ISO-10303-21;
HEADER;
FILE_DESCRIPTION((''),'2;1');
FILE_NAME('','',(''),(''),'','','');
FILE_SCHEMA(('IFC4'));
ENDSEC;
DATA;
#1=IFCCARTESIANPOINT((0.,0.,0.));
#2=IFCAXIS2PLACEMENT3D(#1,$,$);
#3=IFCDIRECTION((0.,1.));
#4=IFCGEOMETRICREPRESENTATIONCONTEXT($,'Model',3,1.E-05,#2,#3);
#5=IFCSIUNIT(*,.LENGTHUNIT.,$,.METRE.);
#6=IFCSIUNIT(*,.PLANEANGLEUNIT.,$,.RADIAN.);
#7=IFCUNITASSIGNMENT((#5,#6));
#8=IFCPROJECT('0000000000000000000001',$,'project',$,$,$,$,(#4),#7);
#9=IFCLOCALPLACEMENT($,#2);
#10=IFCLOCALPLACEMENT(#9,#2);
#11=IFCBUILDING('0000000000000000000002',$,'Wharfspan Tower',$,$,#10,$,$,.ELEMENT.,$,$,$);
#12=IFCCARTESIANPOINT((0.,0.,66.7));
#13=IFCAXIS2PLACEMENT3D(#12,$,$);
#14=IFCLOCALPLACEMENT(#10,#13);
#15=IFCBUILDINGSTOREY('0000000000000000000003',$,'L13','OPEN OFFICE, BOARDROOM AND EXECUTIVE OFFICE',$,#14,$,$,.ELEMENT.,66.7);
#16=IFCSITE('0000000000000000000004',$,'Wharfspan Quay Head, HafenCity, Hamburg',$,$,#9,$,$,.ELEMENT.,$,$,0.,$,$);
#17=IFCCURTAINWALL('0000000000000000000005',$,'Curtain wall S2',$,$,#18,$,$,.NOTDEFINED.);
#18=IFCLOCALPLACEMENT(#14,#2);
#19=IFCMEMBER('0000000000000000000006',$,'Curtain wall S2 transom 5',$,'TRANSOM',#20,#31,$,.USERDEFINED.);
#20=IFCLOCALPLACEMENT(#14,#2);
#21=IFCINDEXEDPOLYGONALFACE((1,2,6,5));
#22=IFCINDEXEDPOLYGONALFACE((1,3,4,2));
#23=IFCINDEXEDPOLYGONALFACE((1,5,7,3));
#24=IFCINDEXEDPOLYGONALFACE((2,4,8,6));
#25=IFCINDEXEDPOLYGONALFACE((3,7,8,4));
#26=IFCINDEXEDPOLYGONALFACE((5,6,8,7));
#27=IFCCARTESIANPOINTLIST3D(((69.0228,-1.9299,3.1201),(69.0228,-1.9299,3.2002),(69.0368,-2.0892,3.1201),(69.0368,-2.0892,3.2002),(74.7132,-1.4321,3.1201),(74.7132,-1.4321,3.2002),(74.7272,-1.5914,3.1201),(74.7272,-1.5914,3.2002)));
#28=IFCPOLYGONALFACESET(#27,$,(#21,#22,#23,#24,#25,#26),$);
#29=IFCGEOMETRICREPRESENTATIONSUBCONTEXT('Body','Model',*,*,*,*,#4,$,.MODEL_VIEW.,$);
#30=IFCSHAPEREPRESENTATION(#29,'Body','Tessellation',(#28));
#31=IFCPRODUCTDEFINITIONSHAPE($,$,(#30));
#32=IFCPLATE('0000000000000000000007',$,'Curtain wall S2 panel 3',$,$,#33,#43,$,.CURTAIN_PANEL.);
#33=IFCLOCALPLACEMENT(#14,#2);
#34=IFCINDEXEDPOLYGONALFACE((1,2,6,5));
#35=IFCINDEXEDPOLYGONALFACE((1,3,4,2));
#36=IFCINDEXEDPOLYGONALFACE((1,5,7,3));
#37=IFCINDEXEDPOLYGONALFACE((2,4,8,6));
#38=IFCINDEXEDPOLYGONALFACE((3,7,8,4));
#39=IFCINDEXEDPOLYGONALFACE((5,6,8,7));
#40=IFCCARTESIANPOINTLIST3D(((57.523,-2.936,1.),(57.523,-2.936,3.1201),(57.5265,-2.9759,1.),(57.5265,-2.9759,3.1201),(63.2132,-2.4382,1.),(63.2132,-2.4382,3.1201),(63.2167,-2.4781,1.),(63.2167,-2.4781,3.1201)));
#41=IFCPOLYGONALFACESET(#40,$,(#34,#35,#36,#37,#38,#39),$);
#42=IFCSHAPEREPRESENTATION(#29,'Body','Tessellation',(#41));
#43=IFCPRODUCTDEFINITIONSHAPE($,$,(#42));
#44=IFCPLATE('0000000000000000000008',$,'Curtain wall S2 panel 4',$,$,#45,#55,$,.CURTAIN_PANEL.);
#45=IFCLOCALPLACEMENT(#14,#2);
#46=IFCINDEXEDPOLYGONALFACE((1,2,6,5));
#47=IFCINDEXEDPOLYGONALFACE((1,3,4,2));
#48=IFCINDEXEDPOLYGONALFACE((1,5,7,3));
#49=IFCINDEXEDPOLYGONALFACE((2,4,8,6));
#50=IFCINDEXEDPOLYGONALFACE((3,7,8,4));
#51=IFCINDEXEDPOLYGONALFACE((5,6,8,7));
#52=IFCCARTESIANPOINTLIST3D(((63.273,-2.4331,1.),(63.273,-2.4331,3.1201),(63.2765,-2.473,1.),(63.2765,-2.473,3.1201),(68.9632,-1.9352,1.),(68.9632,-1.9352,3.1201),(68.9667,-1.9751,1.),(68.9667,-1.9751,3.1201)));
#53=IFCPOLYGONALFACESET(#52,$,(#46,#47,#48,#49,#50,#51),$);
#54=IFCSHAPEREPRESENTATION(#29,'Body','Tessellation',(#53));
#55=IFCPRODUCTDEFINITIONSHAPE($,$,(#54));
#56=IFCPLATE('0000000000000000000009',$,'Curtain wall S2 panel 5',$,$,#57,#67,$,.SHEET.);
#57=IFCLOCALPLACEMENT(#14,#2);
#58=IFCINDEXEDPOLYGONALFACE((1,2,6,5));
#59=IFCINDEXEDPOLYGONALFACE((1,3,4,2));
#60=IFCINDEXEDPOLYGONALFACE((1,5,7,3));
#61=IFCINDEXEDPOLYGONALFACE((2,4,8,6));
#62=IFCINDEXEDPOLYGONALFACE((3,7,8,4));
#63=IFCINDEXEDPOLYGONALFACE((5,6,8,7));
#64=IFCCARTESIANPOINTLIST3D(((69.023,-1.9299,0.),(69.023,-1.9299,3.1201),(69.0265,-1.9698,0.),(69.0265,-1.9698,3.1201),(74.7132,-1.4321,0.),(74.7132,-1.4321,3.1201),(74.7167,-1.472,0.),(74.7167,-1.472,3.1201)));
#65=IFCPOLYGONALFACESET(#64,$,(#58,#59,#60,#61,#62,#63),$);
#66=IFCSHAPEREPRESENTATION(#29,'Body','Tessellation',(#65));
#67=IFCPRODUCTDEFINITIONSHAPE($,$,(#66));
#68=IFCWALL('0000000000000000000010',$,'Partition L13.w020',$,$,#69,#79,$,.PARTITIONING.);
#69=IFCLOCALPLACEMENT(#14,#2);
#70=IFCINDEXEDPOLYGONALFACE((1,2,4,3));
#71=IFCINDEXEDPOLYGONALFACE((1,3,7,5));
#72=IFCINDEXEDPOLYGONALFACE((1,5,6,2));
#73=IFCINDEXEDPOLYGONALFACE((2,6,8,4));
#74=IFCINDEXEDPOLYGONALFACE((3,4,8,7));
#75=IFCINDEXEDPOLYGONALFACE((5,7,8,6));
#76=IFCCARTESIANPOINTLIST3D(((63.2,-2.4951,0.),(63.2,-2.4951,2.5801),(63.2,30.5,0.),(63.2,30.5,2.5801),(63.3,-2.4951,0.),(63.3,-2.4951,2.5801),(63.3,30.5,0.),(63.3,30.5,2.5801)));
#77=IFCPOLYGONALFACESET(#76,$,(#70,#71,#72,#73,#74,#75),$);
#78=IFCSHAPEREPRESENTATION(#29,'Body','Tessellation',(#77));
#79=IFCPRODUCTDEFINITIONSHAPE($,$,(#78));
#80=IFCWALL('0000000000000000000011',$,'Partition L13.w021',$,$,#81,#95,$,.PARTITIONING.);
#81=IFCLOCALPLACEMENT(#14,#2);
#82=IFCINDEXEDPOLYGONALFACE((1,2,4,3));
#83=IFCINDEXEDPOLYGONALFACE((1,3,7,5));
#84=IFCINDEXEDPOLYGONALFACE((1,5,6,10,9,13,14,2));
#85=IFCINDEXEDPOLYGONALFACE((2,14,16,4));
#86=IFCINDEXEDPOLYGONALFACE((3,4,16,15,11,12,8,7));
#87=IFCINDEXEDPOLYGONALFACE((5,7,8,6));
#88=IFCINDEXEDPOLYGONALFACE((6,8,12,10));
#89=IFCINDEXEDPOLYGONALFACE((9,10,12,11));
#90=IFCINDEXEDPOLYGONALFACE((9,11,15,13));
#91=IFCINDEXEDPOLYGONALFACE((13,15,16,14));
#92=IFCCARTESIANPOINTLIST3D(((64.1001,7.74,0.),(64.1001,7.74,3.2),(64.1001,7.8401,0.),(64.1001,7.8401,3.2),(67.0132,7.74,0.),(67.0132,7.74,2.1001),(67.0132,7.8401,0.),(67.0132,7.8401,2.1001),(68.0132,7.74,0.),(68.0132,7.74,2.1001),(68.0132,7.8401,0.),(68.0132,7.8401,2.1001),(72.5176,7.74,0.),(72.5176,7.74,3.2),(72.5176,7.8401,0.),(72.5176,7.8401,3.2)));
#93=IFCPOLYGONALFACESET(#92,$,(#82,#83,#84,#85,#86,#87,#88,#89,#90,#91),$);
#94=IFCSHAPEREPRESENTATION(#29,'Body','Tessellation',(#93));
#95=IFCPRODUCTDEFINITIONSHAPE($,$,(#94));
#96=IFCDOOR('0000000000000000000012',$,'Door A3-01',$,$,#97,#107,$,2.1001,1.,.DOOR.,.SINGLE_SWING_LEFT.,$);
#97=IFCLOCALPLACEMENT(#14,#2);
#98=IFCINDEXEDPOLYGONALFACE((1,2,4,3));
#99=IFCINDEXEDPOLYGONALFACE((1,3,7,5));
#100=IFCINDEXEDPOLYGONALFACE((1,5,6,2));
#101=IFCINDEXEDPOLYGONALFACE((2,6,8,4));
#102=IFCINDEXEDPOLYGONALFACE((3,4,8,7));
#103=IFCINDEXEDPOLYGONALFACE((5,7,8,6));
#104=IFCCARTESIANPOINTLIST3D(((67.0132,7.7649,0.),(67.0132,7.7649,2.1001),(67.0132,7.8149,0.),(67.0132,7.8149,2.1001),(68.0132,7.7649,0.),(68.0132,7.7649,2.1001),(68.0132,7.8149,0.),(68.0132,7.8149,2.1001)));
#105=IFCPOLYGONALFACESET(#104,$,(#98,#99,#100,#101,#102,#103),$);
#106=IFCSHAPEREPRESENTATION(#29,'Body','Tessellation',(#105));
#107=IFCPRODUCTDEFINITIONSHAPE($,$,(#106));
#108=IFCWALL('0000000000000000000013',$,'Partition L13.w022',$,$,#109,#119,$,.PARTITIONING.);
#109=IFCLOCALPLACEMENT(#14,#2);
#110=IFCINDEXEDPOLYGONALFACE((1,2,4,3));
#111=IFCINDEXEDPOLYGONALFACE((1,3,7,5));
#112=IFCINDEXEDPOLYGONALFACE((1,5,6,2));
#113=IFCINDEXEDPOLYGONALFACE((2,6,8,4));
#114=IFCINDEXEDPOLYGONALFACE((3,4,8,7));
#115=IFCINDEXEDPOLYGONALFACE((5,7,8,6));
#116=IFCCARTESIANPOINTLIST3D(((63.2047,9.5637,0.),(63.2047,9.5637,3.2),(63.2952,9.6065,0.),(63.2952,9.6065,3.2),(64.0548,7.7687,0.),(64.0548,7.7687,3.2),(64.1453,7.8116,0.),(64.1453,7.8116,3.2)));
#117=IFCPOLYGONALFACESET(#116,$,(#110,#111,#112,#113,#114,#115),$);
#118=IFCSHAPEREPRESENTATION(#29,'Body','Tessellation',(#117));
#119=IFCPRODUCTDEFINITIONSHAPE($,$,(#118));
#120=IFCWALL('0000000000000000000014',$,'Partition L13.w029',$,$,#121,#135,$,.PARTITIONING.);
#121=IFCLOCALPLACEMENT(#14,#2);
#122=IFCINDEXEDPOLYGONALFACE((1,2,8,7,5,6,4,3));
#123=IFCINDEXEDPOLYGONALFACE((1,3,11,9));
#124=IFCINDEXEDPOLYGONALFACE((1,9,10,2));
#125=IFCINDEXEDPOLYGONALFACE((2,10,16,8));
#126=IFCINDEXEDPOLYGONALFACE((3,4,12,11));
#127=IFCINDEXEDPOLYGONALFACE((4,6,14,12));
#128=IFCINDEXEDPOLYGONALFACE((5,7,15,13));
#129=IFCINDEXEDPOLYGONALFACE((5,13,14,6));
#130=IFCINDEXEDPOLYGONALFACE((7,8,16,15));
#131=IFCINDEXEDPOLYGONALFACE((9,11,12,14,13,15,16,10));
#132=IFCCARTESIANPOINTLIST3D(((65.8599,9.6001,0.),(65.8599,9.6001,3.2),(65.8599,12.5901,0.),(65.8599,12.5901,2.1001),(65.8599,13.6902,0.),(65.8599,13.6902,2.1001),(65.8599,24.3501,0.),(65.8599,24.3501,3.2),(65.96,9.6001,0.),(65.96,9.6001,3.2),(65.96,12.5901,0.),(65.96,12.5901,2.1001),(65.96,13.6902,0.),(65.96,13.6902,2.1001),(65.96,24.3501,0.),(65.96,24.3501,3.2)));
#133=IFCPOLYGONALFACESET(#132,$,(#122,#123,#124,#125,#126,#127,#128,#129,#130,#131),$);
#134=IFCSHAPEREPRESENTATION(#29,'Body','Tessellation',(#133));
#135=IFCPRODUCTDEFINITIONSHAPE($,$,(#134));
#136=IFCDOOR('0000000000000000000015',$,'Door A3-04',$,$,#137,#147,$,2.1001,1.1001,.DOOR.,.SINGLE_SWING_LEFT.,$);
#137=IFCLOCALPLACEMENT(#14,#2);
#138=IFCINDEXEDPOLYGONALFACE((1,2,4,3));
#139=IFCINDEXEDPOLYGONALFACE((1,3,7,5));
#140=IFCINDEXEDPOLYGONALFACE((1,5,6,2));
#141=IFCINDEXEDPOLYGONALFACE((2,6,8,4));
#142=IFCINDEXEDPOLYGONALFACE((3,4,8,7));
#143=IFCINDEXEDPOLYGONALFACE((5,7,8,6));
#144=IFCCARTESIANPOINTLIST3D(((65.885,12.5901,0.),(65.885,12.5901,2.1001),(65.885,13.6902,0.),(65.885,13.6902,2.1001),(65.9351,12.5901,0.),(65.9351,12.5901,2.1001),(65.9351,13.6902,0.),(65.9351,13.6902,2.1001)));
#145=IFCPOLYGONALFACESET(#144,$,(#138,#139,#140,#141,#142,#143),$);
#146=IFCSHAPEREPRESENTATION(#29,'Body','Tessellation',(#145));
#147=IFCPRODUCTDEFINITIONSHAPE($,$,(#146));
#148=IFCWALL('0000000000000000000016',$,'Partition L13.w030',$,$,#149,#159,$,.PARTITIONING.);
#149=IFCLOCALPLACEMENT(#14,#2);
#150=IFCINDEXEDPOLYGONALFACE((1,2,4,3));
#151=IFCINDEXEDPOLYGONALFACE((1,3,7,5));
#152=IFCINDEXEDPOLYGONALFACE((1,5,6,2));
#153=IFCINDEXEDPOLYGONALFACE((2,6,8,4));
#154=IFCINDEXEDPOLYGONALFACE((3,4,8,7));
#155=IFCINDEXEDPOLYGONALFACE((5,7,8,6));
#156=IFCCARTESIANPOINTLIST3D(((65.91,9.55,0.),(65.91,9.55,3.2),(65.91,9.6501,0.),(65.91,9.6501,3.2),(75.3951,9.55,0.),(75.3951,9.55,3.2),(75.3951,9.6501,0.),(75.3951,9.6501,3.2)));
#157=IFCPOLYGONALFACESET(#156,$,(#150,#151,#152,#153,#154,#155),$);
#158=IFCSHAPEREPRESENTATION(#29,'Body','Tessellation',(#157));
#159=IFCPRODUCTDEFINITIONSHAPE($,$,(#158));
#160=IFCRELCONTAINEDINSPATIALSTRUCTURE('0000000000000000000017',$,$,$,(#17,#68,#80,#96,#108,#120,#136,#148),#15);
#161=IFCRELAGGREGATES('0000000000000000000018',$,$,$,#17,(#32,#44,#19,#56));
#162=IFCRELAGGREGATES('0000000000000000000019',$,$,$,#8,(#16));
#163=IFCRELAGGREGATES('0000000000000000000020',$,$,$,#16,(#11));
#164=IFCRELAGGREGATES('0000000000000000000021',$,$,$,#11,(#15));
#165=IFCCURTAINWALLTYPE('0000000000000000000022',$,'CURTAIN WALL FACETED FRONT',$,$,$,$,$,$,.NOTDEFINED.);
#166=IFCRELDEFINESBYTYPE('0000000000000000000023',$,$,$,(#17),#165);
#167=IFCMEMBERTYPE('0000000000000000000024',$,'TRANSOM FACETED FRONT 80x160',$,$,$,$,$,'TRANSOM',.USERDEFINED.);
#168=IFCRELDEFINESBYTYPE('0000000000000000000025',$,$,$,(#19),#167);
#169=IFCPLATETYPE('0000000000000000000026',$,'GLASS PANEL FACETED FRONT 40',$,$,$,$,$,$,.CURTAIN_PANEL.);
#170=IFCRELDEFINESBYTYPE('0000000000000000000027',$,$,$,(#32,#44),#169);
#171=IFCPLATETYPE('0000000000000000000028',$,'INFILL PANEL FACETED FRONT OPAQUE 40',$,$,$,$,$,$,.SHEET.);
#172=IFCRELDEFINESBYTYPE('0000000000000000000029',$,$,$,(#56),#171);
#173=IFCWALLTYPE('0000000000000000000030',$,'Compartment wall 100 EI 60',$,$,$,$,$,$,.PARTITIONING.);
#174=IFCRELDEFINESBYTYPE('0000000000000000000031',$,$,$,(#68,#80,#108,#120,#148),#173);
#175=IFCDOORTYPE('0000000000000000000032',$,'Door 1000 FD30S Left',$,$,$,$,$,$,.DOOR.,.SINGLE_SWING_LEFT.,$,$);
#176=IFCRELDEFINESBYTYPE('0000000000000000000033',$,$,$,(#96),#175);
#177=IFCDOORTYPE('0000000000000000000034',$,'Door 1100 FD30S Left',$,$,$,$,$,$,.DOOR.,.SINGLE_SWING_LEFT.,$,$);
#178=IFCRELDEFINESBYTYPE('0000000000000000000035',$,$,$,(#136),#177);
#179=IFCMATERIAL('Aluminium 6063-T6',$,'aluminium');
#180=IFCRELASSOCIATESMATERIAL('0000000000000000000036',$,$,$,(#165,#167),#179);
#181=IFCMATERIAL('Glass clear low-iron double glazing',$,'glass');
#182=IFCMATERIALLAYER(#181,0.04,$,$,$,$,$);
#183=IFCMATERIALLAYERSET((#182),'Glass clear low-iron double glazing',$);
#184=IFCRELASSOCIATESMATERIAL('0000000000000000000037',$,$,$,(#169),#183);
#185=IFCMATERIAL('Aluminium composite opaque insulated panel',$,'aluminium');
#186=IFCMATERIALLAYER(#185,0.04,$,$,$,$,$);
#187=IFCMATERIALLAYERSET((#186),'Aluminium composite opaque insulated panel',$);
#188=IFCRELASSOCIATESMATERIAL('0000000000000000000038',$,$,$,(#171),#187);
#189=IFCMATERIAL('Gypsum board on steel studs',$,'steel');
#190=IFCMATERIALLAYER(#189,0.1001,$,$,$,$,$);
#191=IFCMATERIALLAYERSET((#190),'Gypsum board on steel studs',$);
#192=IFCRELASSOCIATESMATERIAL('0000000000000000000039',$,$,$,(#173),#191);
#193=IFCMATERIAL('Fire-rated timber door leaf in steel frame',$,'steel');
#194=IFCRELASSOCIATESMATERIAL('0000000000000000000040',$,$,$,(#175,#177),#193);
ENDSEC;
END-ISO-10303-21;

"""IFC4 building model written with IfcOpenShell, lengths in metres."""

from ifc_helpers import new_model, si_unit, direction, frame, frame_2d, origin, origin_2d, place, context, subcontext, project, spatial, rectangle, extrude, material, layer, layer_set, material_profile, profile_set, type_object, element, fill, aggregate, save


model = new_model("IFC4")

# Units and contexts
model_context = context("Model", 3, precision=1e-05, world=origin(), true_north=direction((0.0, 1.0)))
body_context = subcontext(model_context, "Body", "Model", "MODEL_VIEW")
ifc_project = project(units=[si_unit("LENGTHUNIT", "METRE"), si_unit("PLANEANGLEUNIT", "RADIAN")], contexts=[model_context])

# Site, building, storey
site_placement = place(None, origin())
site = spatial("IfcSite", under=ifc_project, at=site_placement, Name="Wharfspan Quay Head, HafenCity, Hamburg", CompositionType="ELEMENT", RefElevation=0.0)
building_placement = place(site_placement, origin())
building = spatial("IfcBuilding", under=site, at=building_placement, Name="Wharfspan Tower", CompositionType="ELEMENT")
storey_placement = place(building_placement, frame((0.0, 0.0, 66.7)))
storey = spatial("IfcBuildingStorey", under=building, at=storey_placement, Name="L13", Description="OPEN OFFICE, BOARDROOM AND EXECUTIVE OFFICE", CompositionType="ELEMENT", Elevation=66.7)

# Curtain wall
ifc_material_1 = material(Name="Aluminium 6063-T6", Category="aluminium")
curtain_wall_type = type_object("IfcCurtainWallType", Name="CURTAIN WALL FACETED FRONT", PredefinedType="NOTDEFINED", material=ifc_material_1)
curtain_wall_placement = place(storey_placement, origin())
curtain_wall = element("IfcCurtainWall", 1, at=curtain_wall_placement, inside=storey, type_object=curtain_wall_type, Name="Curtain wall S2", PredefinedType="NOTDEFINED")

# Member
ifc_material_profile_1 = material_profile(ifc_material_1, rectangle(XDim=0.1599, YDim=0.0801, at=origin_2d()))
ifc_profile_set_1 = profile_set([ifc_material_profile_1], Name="Aluminium 6063-T6")
member_type_1 = type_object("IfcMemberType", Name="TRANSOM FACETED FRONT 80x160", ElementType="TRANSOM", PredefinedType="USERDEFINED", material=ifc_profile_set_1)
member_1_placement = place(storey_placement, frame((69.0298, -2.0095, 3.1602), z_axis=(0.996195, 0.087148, 0.0), x_axis=(-0.087148, 0.996195, 0.0)))
member_1 = element("IfcMember", 2, at=member_1_placement, type_object=member_type_1, Name="Curtain wall S2 transom 5", ObjectType="TRANSOM", PredefinedType="USERDEFINED", context=body_context, shape_type="SweptSolid", body=[
    extrude(rectangle(XDim=0.1599, YDim=0.0801, at=origin_2d()), origin(), (0.0, 0.0, 1.0), 5.7122),
])

# Plates
ifc_material_2 = material(Name="Glass clear low-iron double glazing", Category="glass")
ifc_layer_1 = layer(ifc_material_2, 0.04)
ifc_layer_set_1 = layer_set([ifc_layer_1], Name="Glass clear low-iron double glazing")
plate_type_1 = type_object("IfcPlateType", Name="GLASS PANEL FACETED FRONT 40", PredefinedType="CURTAIN_PANEL", material=ifc_layer_set_1)
plate_1_placement = place(storey_placement, frame((60.3699, -2.707, 1.0), z_axis=(0.0, 0.0, 1.0), x_axis=(0.996197, 0.087156, 0.0)))
plate_1 = element("IfcPlate", 3, at=plate_1_placement, type_object=plate_type_1, Name="Curtain wall S2 panel 3", PredefinedType="CURTAIN_PANEL", context=body_context, shape_type="SweptSolid", body=[
    extrude(rectangle(XDim=5.7119, YDim=0.04, at=origin_2d()), origin(), (0.0, 0.0, 1.0), 2.1201),
])
plate_2_placement = place(storey_placement, frame((66.1199, -2.2041, 1.0), z_axis=(0.0, 0.0, 1.0), x_axis=(0.996197, 0.087156, 0.0)))
plate_2 = element("IfcPlate", 4, at=plate_2_placement, type_object=plate_type_1, Name="Curtain wall S2 panel 4", PredefinedType="CURTAIN_PANEL", context=body_context, shape_type="SweptSolid", body=[
    extrude(rectangle(XDim=5.7119, YDim=0.04, at=origin_2d()), origin(), (0.0, 0.0, 1.0), 2.1201),
])
ifc_material_3 = material(Name="Aluminium composite opaque insulated panel", Category="aluminium")
ifc_layer_2 = layer(ifc_material_3, 0.04)
ifc_layer_set_2 = layer_set([ifc_layer_2], Name="Aluminium composite opaque insulated panel")
plate_type_2 = type_object("IfcPlateType", Name="INFILL PANEL FACETED FRONT OPAQUE 40", PredefinedType="SHEET", material=ifc_layer_set_2)
plate_3_placement = place(storey_placement, frame((71.8699, -1.7009, 0.0), z_axis=(0.0, 0.0, 1.0), x_axis=(0.996197, 0.087156, 0.0)))
plate_3 = element("IfcPlate", 5, at=plate_3_placement, type_object=plate_type_2, Name="Curtain wall S2 panel 5", PredefinedType="SHEET", context=body_context, shape_type="SweptSolid", body=[
    extrude(rectangle(XDim=5.7119, YDim=0.04, at=origin_2d()), origin(), (0.0, 0.0, 1.0), 3.1201),
])
aggregate(curtain_wall, [plate_1, plate_2, member_1, plate_3])

# Wall
ifc_material_4 = material(Name="Gypsum board on steel studs", Category="steel")
ifc_layer_3 = layer(ifc_material_4, 0.1001)
ifc_layer_set_3 = layer_set([ifc_layer_3], Name="Gypsum board on steel studs")
wall_type_1 = type_object("IfcWallType", Name="Compartment wall 100 EI 60", PredefinedType="PARTITIONING", material=ifc_layer_set_3)
wall_1_placement = place(storey_placement, frame((63.25, -2.4951, 0.0), z_axis=(0.0, 0.0, 1.0), x_axis=(0.0, 1.0, 0.0)))
element("IfcWall", 6, at=wall_1_placement, inside=storey, type_object=wall_type_1, Name="Partition L13.w020", PredefinedType="PARTITIONING", context=body_context, shape_type="SweptSolid", body=[
    extrude(rectangle(XDim=32.9951, YDim=0.1001, at=frame_2d((16.4976, 0.0))), origin(), (0.0, 0.0, 1.0), 2.5801),
])

# Wall, opening, door
wall_2_placement = place(storey_placement, frame((64.1001, 7.79, 0.0), z_axis=(0.0, 0.0, 1.0), x_axis=(1.0, 0.0, 0.0)))
wall_2 = element("IfcWall", 7, at=wall_2_placement, inside=storey, type_object=wall_type_1, Name="Partition L13.w021", PredefinedType="PARTITIONING", context=body_context, shape_type="SweptSolid", body=[
    extrude(rectangle(XDim=8.4175, YDim=0.1001, at=frame_2d((4.2087, 0.0))), origin(), (0.0, 0.0, 1.0), 3.2),
])
opening_1_placement = place(wall_2_placement, frame((2.9131, 0.0, 0.0)))
opening_1 = element("IfcOpeningElement", 8, at=opening_1_placement, cuts=wall_2, PredefinedType="OPENING", context=body_context, shape_type="SweptSolid", body=[
    extrude(rectangle(XDim=1.0, YDim=2.1001, at=frame_2d((0.5, 1.05))), frame((0.0, 0.0601, 0.0), z_axis=(0.0, -1.0, 0.0), x_axis=(1.0, 0.0, 0.0)), (0.0, 0.0, 1.0), 0.1201),
])
ifc_material_5 = material(Name="Fire-rated timber door leaf in steel frame", Category="steel")
door_type_1 = type_object("IfcDoorType", Name="Door 1000 FD30S Left", OperationType="SINGLE_SWING_LEFT", PredefinedType="DOOR", material=ifc_material_5)
door_1_placement = place(opening_1_placement, origin())
door_1 = element("IfcDoor", 9, at=door_1_placement, inside=storey, type_object=door_type_1, Name="Door A3-01", OperationType="SINGLE_SWING_LEFT", OverallHeight=2.1001, OverallWidth=1.0, PredefinedType="DOOR", context=body_context, shape_type="SweptSolid", body=[
    extrude(rectangle(XDim=1.0, YDim=2.1001, at=frame_2d((0.5, 1.05))), frame((0.0, 0.0249, 0.0), z_axis=(0.0, -1.0, 0.0), x_axis=(1.0, 0.0, 0.0)), (0.0, 0.0, 1.0), 0.05),
])
fill(opening_1, door_1)

# Wall
wall_3_placement = place(storey_placement, frame((64.1001, 7.79, 0.0), z_axis=(0.0, 0.0, 1.0), x_axis=(-0.428035, 0.903766, 0.0)))
element("IfcWall", 10, at=wall_3_placement, inside=storey, type_object=wall_type_1, Name="Partition L13.w022", PredefinedType="PARTITIONING", context=body_context, shape_type="SweptSolid", body=[
    extrude(rectangle(XDim=1.9861, YDim=0.1001, at=frame_2d((0.9932, 0.0))), origin(), (0.0, 0.0, 1.0), 3.2),
])

# Wall, opening, door
wall_4_placement = place(storey_placement, frame((65.9099, 9.6001, 0.0), z_axis=(0.0, 0.0, 1.0), x_axis=(0.0, 1.0, 0.0)))
wall_4 = element("IfcWall", 11, at=wall_4_placement, inside=storey, type_object=wall_type_1, Name="Partition L13.w029", PredefinedType="PARTITIONING", context=body_context, shape_type="SweptSolid", body=[
    extrude(rectangle(XDim=14.75, YDim=0.1001, at=frame_2d((7.375, 0.0))), origin(), (0.0, 0.0, 1.0), 3.2),
])
opening_2_placement = place(wall_4_placement, frame((2.99, 0.0, 0.0)))
opening_2 = element("IfcOpeningElement", 12, at=opening_2_placement, cuts=wall_4, PredefinedType="OPENING", context=body_context, shape_type="SweptSolid", body=[
    extrude(rectangle(XDim=1.1001, YDim=2.1001, at=frame_2d((0.55, 1.05))), frame((0.0, 0.0601, 0.0), z_axis=(0.0, -1.0, 0.0), x_axis=(1.0, 0.0, 0.0)), (0.0, 0.0, 1.0), 0.1201),
])
door_type_2 = type_object("IfcDoorType", Name="Door 1100 FD30S Left", OperationType="SINGLE_SWING_LEFT", PredefinedType="DOOR", material=ifc_material_5)
door_2_placement = place(opening_2_placement, origin())
door_2 = element("IfcDoor", 13, at=door_2_placement, inside=storey, type_object=door_type_2, Name="Door A3-04", OperationType="SINGLE_SWING_LEFT", OverallHeight=2.1001, OverallWidth=1.1001, PredefinedType="DOOR", context=body_context, shape_type="SweptSolid", body=[
    extrude(rectangle(XDim=1.1001, YDim=2.1001, at=frame_2d((0.55, 1.05))), frame((0.0, 0.0249, 0.0), z_axis=(0.0, -1.0, 0.0), x_axis=(1.0, 0.0, 0.0)), (0.0, 0.0, 1.0), 0.05),
])
fill(opening_2, door_2)

# Wall
wall_5_placement = place(storey_placement, frame((65.9099, 9.6001, 0.0), z_axis=(0.0, 0.0, 1.0), x_axis=(1.0, 0.0, 0.0)))
element("IfcWall", 14, at=wall_5_placement, inside=storey, type_object=wall_type_1, Name="Partition L13.w030", PredefinedType="PARTITIONING", context=body_context, shape_type="SweptSolid", body=[
    extrude(rectangle(XDim=9.4851, YDim=0.1001, at=frame_2d((4.7427, 0.0))), origin(), (0.0, 0.0, 1.0), 3.2),
])

save(model, "model.ifc")
